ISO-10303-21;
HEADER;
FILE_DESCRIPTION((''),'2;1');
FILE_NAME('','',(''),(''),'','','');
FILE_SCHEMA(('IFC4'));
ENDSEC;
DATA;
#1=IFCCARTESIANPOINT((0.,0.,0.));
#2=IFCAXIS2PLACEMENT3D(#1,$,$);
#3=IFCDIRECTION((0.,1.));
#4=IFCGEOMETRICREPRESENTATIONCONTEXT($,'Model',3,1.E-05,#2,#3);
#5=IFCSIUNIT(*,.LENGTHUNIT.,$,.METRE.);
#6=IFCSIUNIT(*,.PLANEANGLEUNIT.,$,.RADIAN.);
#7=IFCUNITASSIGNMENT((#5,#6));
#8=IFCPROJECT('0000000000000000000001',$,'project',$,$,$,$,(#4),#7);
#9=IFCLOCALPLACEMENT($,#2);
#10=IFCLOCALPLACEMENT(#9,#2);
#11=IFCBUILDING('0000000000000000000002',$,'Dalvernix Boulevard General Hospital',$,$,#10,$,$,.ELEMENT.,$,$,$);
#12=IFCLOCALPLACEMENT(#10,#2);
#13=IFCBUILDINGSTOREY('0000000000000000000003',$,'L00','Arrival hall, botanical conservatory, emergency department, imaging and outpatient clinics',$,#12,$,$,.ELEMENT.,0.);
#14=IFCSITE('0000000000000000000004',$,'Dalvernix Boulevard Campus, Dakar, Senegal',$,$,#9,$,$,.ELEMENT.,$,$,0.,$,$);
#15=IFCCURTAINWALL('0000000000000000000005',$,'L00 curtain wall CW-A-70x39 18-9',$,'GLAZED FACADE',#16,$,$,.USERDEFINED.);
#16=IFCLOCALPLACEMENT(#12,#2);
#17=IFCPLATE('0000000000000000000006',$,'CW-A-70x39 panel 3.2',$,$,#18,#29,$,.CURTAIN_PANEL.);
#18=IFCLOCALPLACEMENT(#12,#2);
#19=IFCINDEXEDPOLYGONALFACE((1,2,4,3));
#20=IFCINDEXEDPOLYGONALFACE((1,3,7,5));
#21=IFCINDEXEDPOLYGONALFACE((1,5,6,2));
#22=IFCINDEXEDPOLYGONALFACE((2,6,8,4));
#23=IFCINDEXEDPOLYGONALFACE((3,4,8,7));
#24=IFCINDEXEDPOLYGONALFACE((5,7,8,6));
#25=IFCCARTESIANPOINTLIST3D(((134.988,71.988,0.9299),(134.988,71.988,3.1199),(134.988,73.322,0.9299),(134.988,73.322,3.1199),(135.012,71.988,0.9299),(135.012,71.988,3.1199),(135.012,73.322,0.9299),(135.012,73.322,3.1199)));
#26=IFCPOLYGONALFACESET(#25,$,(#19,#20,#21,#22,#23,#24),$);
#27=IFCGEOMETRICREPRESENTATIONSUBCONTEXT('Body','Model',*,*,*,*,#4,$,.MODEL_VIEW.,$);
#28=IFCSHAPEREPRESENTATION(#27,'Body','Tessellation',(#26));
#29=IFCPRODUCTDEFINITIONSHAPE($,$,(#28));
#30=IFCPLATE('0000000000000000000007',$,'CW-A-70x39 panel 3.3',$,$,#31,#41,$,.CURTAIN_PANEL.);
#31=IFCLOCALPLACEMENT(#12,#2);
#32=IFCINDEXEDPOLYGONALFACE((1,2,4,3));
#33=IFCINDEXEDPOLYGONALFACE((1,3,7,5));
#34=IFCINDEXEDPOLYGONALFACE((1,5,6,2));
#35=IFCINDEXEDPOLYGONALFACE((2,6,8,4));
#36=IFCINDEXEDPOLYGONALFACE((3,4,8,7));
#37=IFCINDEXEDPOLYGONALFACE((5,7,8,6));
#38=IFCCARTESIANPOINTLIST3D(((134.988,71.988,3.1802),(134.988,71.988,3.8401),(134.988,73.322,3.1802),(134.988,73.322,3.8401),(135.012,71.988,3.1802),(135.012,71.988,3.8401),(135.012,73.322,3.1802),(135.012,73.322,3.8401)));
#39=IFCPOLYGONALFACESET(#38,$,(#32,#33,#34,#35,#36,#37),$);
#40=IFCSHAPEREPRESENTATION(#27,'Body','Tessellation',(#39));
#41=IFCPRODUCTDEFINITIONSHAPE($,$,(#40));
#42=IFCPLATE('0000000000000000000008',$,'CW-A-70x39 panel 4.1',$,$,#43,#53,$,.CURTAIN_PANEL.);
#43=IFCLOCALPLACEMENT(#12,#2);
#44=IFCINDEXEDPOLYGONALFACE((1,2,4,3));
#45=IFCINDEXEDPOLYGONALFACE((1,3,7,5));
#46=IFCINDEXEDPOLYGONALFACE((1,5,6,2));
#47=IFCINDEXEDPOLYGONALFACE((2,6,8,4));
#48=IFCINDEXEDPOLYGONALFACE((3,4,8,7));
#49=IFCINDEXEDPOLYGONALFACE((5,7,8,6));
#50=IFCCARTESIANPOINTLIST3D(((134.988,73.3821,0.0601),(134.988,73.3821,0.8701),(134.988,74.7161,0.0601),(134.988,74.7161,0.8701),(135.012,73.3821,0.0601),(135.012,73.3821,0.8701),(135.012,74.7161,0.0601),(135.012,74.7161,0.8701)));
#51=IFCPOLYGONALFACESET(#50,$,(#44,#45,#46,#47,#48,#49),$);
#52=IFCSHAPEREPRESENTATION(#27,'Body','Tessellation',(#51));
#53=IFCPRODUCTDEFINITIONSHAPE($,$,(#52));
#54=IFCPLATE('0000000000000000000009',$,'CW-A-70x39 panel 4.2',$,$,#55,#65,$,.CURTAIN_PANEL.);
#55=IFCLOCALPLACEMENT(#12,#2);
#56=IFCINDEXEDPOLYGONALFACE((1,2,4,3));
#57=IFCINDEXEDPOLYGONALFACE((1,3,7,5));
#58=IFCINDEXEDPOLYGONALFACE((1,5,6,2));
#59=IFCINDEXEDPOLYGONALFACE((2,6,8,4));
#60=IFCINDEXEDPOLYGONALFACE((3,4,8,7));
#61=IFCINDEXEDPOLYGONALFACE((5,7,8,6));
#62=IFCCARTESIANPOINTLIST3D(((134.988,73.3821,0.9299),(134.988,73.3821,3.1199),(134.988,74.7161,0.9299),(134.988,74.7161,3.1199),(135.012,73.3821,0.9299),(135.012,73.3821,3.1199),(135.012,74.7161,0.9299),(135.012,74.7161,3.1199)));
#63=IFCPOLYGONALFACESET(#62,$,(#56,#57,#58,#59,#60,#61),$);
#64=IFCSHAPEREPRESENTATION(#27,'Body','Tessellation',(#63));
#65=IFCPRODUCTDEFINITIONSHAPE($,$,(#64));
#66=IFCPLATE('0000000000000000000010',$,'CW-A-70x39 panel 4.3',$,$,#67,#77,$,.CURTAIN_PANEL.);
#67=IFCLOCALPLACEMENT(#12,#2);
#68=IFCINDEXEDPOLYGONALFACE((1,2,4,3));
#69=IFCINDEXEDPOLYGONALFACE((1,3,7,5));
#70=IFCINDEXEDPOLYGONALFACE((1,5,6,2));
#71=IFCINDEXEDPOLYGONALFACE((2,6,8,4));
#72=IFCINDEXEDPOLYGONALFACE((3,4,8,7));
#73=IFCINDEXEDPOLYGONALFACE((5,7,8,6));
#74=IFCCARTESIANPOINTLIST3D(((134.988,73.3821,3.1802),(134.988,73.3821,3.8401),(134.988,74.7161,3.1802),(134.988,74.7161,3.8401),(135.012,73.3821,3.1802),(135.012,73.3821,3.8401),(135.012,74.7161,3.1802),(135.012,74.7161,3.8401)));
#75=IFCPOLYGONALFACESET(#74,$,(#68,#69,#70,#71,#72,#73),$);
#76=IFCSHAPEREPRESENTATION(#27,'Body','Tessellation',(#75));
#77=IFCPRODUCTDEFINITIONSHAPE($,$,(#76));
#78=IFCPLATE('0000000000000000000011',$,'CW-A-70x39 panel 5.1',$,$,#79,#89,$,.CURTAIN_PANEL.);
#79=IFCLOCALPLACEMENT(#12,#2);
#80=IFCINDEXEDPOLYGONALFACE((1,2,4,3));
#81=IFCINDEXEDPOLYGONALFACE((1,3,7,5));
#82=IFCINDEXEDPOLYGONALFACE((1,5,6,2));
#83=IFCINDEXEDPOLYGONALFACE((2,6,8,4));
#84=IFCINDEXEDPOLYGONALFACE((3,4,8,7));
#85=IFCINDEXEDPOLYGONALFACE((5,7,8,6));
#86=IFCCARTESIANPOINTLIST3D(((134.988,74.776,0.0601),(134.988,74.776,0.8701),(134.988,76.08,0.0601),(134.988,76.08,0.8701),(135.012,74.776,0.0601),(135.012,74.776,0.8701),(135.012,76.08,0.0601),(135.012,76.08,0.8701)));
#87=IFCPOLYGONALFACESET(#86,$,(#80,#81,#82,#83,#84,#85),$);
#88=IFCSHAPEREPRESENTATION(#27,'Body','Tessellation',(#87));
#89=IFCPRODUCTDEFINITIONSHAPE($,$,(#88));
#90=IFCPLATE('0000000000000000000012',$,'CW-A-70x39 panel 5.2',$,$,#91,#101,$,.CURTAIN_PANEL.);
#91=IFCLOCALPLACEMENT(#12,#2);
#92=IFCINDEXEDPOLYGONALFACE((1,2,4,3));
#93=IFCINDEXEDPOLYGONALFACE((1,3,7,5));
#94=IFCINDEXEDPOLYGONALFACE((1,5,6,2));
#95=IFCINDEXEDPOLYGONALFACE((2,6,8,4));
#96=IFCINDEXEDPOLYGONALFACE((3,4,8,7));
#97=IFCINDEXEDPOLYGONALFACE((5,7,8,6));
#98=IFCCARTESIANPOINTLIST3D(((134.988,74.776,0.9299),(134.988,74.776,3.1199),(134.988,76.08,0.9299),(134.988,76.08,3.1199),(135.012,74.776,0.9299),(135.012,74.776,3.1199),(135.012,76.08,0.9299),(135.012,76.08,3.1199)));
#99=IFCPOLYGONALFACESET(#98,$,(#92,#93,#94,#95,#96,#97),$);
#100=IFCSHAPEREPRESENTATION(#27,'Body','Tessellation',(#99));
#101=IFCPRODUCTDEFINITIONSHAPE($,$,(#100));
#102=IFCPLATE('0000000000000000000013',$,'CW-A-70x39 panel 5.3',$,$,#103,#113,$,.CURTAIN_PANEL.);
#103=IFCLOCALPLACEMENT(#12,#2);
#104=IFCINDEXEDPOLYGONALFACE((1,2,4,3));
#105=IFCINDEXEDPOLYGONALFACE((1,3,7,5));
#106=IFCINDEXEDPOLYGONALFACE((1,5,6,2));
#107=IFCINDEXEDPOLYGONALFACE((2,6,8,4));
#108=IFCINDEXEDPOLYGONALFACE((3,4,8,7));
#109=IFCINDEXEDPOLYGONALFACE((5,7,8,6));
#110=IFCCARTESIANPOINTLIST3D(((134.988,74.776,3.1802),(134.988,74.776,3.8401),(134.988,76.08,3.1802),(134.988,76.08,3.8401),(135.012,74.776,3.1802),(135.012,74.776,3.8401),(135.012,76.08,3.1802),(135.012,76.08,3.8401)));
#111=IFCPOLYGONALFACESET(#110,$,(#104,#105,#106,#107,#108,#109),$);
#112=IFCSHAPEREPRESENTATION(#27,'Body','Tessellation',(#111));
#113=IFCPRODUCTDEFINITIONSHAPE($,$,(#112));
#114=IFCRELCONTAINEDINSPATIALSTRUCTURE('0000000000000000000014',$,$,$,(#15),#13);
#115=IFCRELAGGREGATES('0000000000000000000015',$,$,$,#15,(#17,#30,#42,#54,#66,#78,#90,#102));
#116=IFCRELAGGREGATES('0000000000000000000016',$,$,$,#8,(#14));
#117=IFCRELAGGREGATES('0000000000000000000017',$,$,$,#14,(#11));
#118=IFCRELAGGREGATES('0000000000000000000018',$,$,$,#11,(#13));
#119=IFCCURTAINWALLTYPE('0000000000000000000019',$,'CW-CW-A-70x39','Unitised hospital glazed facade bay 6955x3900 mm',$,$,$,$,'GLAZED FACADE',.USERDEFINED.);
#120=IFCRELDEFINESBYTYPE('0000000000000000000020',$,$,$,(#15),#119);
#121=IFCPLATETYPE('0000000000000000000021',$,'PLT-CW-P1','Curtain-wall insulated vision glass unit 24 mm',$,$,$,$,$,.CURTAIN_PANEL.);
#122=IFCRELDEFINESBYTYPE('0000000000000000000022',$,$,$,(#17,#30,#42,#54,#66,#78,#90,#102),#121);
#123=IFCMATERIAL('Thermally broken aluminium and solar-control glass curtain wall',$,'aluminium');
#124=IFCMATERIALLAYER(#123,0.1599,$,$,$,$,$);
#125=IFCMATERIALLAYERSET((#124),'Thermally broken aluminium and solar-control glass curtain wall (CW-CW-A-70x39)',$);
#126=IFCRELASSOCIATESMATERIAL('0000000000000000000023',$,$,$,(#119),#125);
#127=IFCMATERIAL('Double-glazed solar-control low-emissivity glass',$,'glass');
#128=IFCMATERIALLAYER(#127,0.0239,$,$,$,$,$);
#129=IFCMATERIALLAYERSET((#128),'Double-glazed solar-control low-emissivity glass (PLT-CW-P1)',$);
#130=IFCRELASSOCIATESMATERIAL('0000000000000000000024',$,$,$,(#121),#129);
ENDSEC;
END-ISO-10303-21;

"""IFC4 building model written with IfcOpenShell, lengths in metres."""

from ifc_helpers import new_model, si_unit, direction, frame, origin, origin_2d, place, context, subcontext, project, spatial, rectangle, extrude, material, layer, layer_set, type_object, element, aggregate, save


model = new_model("IFC4")

# Units and contexts
model_context = context("Model", 3, precision=1e-05, world=origin(), true_north=direction((0.0, 1.0)))
body_context = subcontext(model_context, "Body", "Model", "MODEL_VIEW")
ifc_project = project(units=[si_unit("LENGTHUNIT", "METRE"), si_unit("PLANEANGLEUNIT", "RADIAN")], contexts=[model_context])

# Site, building, storey
site_placement = place(None, origin())
site = spatial("IfcSite", under=ifc_project, at=site_placement, Name="Dalvernix Boulevard Campus, Dakar, Senegal", CompositionType="ELEMENT", RefElevation=0.0)
building_placement = place(site_placement, origin())
building = spatial("IfcBuilding", under=site, at=building_placement, Name="Dalvernix Boulevard General Hospital", CompositionType="ELEMENT")
storey_placement = place(building_placement, origin())
storey = spatial("IfcBuildingStorey", under=building, at=storey_placement, Name="L00", Description="Arrival hall, botanical conservatory, emergency department, imaging and outpatient clinics", CompositionType="ELEMENT", Elevation=0.0)

# Curtain wall, plates
ifc_material_1 = material(Name="Thermally broken aluminium and solar-control glass curtain wall", Category="aluminium")
ifc_layer_1 = layer(ifc_material_1, 0.1599)
ifc_layer_set_1 = layer_set([ifc_layer_1], Name="Thermally broken aluminium and solar-control glass curtain wall (CW-CW-A-70x39)")
curtain_wall_type = type_object("IfcCurtainWallType", Name="CW-CW-A-70x39", Description="Unitised hospital glazed facade bay 6955x3900 mm", ElementType="GLAZED FACADE", PredefinedType="USERDEFINED", material=ifc_layer_set_1)
curtain_wall_placement = place(storey_placement, origin())
curtain_wall = element("IfcCurtainWall", 1, at=curtain_wall_placement, inside=storey, type_object=curtain_wall_type, Name="L00 curtain wall CW-A-70x39 18-9", ObjectType="GLAZED FACADE", PredefinedType="USERDEFINED")
ifc_material_2 = material(Name="Double-glazed solar-control low-emissivity glass", Category="glass")
ifc_layer_2 = layer(ifc_material_2, 0.0239)
ifc_layer_set_2 = layer_set([ifc_layer_2], Name="Double-glazed solar-control low-emissivity glass (PLT-CW-P1)")
plate_type = type_object("IfcPlateType", Name="PLT-CW-P1", Description="Curtain-wall insulated vision glass unit 24 mm", PredefinedType="CURTAIN_PANEL", material=ifc_layer_set_2)
plate_1_placement = place(storey_placement, frame((135.0, 72.655, 0.9299), z_axis=(0.0, 0.0, 1.0), x_axis=(0.0, 1.0, 0.0)))
plate_1 = element("IfcPlate", 2, at=plate_1_placement, type_object=plate_type, Name="CW-A-70x39 panel 3.2", PredefinedType="CURTAIN_PANEL", context=body_context, shape_type="SweptSolid", body=[
    extrude(rectangle(XDim=1.334, YDim=0.0239, at=origin_2d()), origin(), (0.0, 0.0, 1.0), 2.1899),
])
plate_2_placement = place(storey_placement, frame((135.0, 72.655, 3.1802), z_axis=(0.0, 0.0, 1.0), x_axis=(0.0, 1.0, 0.0)))
plate_2 = element("IfcPlate", 3, at=plate_2_placement, type_object=plate_type, Name="CW-A-70x39 panel 3.3", PredefinedType="CURTAIN_PANEL", context=body_context, shape_type="SweptSolid", body=[
    extrude(rectangle(XDim=1.334, YDim=0.0239, at=origin_2d()), origin(), (0.0, 0.0, 1.0), 0.6599),
])
plate_3_placement = place(storey_placement, frame((135.0, 74.0491, 0.0601), z_axis=(0.0, 0.0, 1.0), x_axis=(0.0, 1.0, 0.0)))
plate_3 = element("IfcPlate", 4, at=plate_3_placement, type_object=plate_type, Name="CW-A-70x39 panel 4.1", PredefinedType="CURTAIN_PANEL", context=body_context, shape_type="SweptSolid", body=[
    extrude(rectangle(XDim=1.334, YDim=0.0239, at=origin_2d()), origin(), (0.0, 0.0, 1.0), 0.8101),
])
plate_4_placement = place(storey_placement, frame((135.0, 74.0491, 0.9299), z_axis=(0.0, 0.0, 1.0), x_axis=(0.0, 1.0, 0.0)))
plate_4 = element("IfcPlate", 5, at=plate_4_placement, type_object=plate_type, Name="CW-A-70x39 panel 4.2", PredefinedType="CURTAIN_PANEL", context=body_context, shape_type="SweptSolid", body=[
    extrude(rectangle(XDim=1.334, YDim=0.0239, at=origin_2d()), origin(), (0.0, 0.0, 1.0), 2.1899),
])
plate_5_placement = place(storey_placement, frame((135.0, 74.0491, 3.1802), z_axis=(0.0, 0.0, 1.0), x_axis=(0.0, 1.0, 0.0)))
plate_5 = element("IfcPlate", 6, at=plate_5_placement, type_object=plate_type, Name="CW-A-70x39 panel 4.3", PredefinedType="CURTAIN_PANEL", context=body_context, shape_type="SweptSolid", body=[
    extrude(rectangle(XDim=1.334, YDim=0.0239, at=origin_2d()), origin(), (0.0, 0.0, 1.0), 0.6599),
])
plate_6_placement = place(storey_placement, frame((135.0, 75.428, 0.0601), z_axis=(0.0, 0.0, 1.0), x_axis=(0.0, 1.0, 0.0)))
plate_6 = element("IfcPlate", 7, at=plate_6_placement, type_object=plate_type, Name="CW-A-70x39 panel 5.1", PredefinedType="CURTAIN_PANEL", context=body_context, shape_type="SweptSolid", body=[
    extrude(rectangle(XDim=1.304, YDim=0.0239, at=origin_2d()), origin(), (0.0, 0.0, 1.0), 0.8101),
])
plate_7_placement = place(storey_placement, frame((135.0, 75.428, 0.9299), z_axis=(0.0, 0.0, 1.0), x_axis=(0.0, 1.0, 0.0)))
plate_7 = element("IfcPlate", 8, at=plate_7_placement, type_object=plate_type, Name="CW-A-70x39 panel 5.2", PredefinedType="CURTAIN_PANEL", context=body_context, shape_type="SweptSolid", body=[
    extrude(rectangle(XDim=1.304, YDim=0.0239, at=origin_2d()), origin(), (0.0, 0.0, 1.0), 2.1899),
])
plate_8_placement = place(storey_placement, frame((135.0, 75.428, 3.1802), z_axis=(0.0, 0.0, 1.0), x_axis=(0.0, 1.0, 0.0)))
plate_8 = element("IfcPlate", 9, at=plate_8_placement, type_object=plate_type, Name="CW-A-70x39 panel 5.3", PredefinedType="CURTAIN_PANEL", context=body_context, shape_type="SweptSolid", body=[
    extrude(rectangle(XDim=1.304, YDim=0.0239, at=origin_2d()), origin(), (0.0, 0.0, 1.0), 0.6599),
])
aggregate(curtain_wall, [plate_1, plate_2, plate_3, plate_4, plate_5, plate_6, plate_7, plate_8])

save(model, "model.ifc")
